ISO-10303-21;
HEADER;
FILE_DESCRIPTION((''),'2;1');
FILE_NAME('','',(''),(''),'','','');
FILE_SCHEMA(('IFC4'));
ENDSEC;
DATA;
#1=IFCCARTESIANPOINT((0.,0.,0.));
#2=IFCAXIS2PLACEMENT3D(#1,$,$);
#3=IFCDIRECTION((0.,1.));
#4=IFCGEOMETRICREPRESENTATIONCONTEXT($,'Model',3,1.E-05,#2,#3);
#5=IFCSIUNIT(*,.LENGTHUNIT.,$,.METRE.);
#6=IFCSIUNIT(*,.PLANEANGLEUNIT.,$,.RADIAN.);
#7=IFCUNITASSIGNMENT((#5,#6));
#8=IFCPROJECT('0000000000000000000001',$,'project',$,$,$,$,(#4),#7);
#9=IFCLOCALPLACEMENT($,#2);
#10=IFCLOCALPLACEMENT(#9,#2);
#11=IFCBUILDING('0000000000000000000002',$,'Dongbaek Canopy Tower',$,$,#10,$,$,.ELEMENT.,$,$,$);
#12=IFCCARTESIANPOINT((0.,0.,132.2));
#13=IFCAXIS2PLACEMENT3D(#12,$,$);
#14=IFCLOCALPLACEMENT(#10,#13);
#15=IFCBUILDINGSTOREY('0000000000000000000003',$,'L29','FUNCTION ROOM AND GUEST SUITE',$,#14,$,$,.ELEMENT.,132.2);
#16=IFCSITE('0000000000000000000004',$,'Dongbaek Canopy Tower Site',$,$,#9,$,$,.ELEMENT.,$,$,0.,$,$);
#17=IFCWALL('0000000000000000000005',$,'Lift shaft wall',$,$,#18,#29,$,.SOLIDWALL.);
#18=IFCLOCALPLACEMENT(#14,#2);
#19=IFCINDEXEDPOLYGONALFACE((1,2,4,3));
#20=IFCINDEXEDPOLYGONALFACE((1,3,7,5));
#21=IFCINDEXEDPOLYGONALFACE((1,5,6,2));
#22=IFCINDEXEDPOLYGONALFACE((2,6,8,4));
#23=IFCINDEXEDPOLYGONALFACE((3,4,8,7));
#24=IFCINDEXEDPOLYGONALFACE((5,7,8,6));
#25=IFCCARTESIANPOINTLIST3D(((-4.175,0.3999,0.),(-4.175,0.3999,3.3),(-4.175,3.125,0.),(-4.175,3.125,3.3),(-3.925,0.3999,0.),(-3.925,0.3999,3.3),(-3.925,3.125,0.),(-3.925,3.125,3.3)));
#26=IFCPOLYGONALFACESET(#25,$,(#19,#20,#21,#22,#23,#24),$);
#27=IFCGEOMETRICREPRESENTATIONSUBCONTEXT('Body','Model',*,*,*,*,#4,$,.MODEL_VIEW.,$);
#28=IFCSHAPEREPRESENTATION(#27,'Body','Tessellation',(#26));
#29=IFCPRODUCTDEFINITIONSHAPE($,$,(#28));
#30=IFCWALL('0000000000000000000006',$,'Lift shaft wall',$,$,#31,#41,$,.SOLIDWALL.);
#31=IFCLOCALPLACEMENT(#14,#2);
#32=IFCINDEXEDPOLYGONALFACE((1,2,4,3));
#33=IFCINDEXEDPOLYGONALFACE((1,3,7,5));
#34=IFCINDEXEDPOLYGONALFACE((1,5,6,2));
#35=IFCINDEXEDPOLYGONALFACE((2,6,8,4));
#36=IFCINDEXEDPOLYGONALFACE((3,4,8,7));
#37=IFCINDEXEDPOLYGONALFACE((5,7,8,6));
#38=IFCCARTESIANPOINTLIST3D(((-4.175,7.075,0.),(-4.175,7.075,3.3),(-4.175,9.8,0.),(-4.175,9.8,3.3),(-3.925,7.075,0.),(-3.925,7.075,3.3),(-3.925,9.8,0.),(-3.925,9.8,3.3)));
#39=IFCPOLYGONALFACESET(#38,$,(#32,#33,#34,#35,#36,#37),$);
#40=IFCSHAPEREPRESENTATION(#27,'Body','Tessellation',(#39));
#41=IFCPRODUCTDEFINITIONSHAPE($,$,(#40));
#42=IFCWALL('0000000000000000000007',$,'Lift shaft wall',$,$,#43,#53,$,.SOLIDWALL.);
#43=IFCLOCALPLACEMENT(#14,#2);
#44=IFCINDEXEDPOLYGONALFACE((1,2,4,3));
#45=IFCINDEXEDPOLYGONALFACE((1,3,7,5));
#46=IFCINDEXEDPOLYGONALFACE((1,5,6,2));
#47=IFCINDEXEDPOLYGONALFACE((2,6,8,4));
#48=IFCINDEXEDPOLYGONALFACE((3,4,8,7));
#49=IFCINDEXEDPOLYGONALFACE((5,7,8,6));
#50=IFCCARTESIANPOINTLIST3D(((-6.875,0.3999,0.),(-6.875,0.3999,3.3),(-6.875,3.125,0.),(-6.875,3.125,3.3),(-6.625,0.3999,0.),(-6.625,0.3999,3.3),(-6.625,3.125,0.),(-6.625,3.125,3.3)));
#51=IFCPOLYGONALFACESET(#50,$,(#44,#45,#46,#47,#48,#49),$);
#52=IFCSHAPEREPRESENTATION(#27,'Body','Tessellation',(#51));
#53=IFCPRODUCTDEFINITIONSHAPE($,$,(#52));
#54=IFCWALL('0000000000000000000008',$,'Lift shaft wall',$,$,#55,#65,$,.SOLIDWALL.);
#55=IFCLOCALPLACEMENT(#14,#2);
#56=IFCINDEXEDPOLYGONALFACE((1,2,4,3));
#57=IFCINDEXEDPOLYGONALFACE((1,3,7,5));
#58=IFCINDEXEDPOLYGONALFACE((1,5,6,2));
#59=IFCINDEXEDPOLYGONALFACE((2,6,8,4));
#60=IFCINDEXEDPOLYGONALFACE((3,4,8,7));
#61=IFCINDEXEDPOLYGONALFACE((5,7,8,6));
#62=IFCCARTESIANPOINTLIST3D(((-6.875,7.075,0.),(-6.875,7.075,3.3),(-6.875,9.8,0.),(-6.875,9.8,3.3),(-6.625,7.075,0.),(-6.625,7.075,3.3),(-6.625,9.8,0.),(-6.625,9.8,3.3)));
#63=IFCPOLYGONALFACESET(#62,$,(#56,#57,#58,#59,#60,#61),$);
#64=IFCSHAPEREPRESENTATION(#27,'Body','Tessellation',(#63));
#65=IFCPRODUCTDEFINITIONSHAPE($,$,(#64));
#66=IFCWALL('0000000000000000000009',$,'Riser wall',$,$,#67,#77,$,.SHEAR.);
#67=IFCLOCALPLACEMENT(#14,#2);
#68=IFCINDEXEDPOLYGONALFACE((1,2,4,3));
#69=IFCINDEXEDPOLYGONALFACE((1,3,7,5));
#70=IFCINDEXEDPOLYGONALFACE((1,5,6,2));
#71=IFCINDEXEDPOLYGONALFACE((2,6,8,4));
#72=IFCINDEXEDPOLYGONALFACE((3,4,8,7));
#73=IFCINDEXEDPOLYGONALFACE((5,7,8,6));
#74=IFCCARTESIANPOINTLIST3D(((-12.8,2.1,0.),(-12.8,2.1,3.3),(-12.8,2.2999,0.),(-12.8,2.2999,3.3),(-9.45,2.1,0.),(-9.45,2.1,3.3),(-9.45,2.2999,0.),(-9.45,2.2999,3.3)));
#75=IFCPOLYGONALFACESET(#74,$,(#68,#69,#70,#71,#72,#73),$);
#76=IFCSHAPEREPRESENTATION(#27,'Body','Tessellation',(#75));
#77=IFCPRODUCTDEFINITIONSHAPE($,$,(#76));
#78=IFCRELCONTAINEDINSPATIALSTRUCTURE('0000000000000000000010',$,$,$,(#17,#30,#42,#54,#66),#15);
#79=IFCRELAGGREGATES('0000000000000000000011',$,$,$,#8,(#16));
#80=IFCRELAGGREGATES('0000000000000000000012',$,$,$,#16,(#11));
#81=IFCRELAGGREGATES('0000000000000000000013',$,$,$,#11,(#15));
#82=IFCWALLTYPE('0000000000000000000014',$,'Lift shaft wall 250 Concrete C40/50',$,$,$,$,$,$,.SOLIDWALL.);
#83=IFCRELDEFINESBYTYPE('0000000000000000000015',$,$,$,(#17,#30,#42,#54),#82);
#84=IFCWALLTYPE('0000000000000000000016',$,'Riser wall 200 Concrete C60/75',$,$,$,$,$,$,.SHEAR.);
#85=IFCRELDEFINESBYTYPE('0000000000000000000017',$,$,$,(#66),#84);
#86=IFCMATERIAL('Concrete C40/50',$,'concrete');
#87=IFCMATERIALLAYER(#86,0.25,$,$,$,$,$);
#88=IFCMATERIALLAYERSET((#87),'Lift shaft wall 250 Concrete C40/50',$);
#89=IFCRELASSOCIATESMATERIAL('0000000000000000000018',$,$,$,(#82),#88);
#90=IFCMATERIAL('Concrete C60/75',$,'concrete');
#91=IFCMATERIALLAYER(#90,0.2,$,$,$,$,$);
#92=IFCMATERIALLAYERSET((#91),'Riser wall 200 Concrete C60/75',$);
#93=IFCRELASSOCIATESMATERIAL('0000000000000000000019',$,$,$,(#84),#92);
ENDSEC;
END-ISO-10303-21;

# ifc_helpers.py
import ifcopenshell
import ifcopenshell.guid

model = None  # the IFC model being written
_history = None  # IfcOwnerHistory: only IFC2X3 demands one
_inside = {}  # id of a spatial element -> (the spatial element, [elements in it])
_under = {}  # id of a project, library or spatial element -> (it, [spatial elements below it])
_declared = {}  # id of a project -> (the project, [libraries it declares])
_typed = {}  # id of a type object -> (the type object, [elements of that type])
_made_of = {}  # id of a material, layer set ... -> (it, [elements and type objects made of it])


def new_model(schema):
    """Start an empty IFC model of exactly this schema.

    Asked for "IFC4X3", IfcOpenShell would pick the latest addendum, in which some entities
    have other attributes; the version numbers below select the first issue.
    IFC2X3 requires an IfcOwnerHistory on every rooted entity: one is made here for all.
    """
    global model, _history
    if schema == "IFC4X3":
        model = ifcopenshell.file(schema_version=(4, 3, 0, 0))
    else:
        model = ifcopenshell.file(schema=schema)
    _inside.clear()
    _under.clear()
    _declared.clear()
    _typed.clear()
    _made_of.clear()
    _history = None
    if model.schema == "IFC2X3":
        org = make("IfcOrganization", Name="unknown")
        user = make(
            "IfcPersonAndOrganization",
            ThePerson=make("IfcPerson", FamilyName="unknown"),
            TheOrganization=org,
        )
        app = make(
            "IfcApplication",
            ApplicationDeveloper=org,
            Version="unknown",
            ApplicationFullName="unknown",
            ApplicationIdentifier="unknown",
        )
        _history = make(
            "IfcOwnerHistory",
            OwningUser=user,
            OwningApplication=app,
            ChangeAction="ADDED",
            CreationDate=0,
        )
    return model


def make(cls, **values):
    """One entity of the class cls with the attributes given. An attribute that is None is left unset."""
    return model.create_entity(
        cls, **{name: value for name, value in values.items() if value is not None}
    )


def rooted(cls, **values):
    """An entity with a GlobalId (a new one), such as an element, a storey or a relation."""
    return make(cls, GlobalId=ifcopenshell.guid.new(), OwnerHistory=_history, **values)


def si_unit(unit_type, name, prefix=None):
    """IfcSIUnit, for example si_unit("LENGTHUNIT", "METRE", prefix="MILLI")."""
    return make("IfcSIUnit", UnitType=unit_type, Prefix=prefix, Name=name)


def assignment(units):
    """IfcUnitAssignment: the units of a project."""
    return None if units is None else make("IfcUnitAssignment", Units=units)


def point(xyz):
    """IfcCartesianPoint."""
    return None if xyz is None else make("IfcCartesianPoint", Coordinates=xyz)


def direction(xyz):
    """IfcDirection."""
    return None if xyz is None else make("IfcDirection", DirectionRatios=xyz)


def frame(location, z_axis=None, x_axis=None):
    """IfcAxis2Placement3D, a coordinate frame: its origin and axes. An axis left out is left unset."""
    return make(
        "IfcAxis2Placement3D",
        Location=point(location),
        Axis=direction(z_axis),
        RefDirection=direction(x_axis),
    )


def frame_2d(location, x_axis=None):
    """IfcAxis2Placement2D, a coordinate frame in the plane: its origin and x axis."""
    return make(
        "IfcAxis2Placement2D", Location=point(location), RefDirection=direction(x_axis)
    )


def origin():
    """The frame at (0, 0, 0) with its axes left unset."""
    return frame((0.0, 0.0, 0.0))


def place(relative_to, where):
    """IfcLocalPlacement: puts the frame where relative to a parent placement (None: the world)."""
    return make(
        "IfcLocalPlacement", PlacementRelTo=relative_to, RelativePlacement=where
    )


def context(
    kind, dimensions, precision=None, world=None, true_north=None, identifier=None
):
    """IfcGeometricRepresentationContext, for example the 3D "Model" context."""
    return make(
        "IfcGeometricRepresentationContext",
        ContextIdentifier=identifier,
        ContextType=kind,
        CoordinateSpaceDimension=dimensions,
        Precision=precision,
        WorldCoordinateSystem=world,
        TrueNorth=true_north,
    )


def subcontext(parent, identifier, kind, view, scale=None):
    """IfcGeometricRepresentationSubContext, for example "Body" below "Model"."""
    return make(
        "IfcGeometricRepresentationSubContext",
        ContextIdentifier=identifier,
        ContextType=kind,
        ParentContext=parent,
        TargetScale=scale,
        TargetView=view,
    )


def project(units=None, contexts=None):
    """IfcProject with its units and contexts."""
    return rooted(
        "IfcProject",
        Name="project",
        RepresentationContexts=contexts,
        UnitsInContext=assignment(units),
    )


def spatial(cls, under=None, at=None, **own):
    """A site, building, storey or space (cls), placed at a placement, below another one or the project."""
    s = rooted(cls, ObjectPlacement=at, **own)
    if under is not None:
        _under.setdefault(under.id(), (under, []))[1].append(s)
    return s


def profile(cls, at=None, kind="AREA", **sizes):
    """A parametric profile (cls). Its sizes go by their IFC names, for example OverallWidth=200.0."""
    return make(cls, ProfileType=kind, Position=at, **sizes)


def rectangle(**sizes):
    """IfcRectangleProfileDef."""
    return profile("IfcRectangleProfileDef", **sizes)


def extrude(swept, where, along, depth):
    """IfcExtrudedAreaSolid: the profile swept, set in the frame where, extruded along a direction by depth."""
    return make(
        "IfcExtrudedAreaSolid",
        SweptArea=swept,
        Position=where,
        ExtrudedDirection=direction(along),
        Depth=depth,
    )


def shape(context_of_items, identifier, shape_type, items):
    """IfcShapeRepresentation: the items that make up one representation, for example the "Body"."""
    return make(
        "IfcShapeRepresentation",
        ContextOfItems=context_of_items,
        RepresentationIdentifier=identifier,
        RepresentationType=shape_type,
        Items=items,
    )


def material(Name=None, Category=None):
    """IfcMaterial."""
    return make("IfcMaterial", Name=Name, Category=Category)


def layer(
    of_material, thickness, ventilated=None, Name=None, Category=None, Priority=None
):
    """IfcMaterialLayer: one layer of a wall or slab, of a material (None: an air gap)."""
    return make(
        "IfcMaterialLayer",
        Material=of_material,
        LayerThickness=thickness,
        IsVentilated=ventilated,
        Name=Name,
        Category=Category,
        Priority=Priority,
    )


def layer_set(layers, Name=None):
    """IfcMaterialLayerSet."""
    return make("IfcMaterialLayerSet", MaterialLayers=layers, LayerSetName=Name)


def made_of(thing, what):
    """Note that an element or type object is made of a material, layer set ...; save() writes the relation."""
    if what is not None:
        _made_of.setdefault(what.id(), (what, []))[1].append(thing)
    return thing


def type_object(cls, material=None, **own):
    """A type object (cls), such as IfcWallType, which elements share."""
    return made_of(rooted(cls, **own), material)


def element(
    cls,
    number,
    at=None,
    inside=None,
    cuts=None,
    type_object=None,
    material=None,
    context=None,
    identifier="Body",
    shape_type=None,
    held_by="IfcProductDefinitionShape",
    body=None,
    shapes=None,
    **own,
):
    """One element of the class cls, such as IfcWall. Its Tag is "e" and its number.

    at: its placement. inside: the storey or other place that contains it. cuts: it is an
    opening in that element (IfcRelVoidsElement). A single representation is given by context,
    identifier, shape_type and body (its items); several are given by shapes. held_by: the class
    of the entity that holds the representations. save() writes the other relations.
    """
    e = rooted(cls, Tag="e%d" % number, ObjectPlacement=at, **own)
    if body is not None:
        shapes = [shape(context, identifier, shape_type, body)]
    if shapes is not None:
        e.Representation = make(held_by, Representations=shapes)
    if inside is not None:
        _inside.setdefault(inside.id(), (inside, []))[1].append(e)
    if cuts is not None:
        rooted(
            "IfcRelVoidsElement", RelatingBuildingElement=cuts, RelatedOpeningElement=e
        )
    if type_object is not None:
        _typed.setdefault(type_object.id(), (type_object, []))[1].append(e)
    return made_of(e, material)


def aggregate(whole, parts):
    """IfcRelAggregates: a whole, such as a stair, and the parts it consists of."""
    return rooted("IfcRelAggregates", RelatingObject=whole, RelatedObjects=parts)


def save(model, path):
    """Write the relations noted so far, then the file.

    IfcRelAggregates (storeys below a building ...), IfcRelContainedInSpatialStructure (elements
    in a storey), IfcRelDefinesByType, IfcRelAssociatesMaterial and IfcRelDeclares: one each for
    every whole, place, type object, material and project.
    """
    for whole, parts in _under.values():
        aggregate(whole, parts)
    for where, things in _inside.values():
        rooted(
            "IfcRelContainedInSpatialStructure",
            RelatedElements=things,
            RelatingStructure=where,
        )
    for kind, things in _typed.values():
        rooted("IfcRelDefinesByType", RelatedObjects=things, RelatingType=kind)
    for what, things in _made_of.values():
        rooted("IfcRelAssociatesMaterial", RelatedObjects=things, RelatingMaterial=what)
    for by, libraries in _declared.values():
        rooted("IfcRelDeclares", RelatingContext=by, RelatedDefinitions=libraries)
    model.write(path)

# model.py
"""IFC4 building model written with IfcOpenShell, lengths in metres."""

from ifc_helpers import new_model, si_unit, direction, frame, frame_2d, origin, place, context, subcontext, project, spatial, rectangle, extrude, material, layer, layer_set, type_object, element, save


model = new_model("IFC4")

# Units and contexts
model_context = context("Model", 3, precision=1e-05, world=origin(), true_north=direction((0.0, 1.0)))
body_context = subcontext(model_context, "Body", "Model", "MODEL_VIEW")
ifc_project = project(units=[si_unit("LENGTHUNIT", "METRE"), si_unit("PLANEANGLEUNIT", "RADIAN")], contexts=[model_context])

# Site, building, storey
site_placement = place(None, origin())
site = spatial("IfcSite", under=ifc_project, at=site_placement, Name="Dongbaek Canopy Tower Site", CompositionType="ELEMENT", RefElevation=0.0)
building_placement = place(site_placement, origin())
building = spatial("IfcBuilding", under=site, at=building_placement, Name="Dongbaek Canopy Tower", CompositionType="ELEMENT")
storey_placement = place(building_placement, frame((0.0, 0.0, 132.2)))
storey = spatial("IfcBuildingStorey", under=building, at=storey_placement, Name="L29", Description="FUNCTION ROOM AND GUEST SUITE", CompositionType="ELEMENT", Elevation=132.2)

# Walls
ifc_material_1 = material(Name="Concrete C40/50", Category="concrete")
ifc_layer_1 = layer(ifc_material_1, 0.25)
ifc_layer_set_1 = layer_set([ifc_layer_1], Name="Lift shaft wall 250 Concrete C40/50")
wall_type_1 = type_object("IfcWallType", Name="Lift shaft wall 250 Concrete C40/50", PredefinedType="SOLIDWALL", material=ifc_layer_set_1)
for number, where, z_axis, x_axis, name in (
    (1, (-4.05, 0.3999, 0.0), (0.0, 0.0, 1.0), (0.0, 1.0, 0.0), "Lift shaft wall"),
    (2, (-4.05, 7.075, 0.0), (0.0, 0.0, 1.0), (0.0, 1.0, 0.0), "Lift shaft wall"),
    (3, (-6.75, 0.3999, 0.0), (0.0, 0.0, 1.0), (0.0, 1.0, 0.0), "Lift shaft wall"),
    (4, (-6.75, 7.075, 0.0), (0.0, 0.0, 1.0), (0.0, 1.0, 0.0), "Lift shaft wall"),
):
    element("IfcWall", number, at=place(storey_placement, frame(where, z_axis=z_axis, x_axis=x_axis)), inside=storey, type_object=wall_type_1, Name=name, PredefinedType="SOLIDWALL", context=body_context, shape_type="SweptSolid", body=[
        extrude(rectangle(XDim=2.7251, YDim=0.25, at=frame_2d((1.3625, 0.0))), origin(), (0.0, 0.0, 1.0), 3.3),
    ])
ifc_material_2 = material(Name="Concrete C60/75", Category="concrete")
ifc_layer_2 = layer(ifc_material_2, 0.2)
ifc_layer_set_2 = layer_set([ifc_layer_2], Name="Riser wall 200 Concrete C60/75")
wall_type_2 = type_object("IfcWallType", Name="Riser wall 200 Concrete C60/75", PredefinedType="SHEAR", material=ifc_layer_set_2)
wall_1_placement = place(storey_placement, frame((-9.45, 2.2, 0.0), z_axis=(0.0, 0.0, 1.0), x_axis=(-1.0, 0.0, 0.0)))
element("IfcWall", 5, at=wall_1_placement, inside=storey, type_object=wall_type_2, Name="Riser wall", PredefinedType="SHEAR", context=body_context, shape_type="SweptSolid", body=[
    extrude(rectangle(XDim=3.3501, YDim=0.2, at=frame_2d((1.675, 0.0))), origin(), (0.0, 0.0, 1.0), 3.3),
])

save(model, "model.ifc")
